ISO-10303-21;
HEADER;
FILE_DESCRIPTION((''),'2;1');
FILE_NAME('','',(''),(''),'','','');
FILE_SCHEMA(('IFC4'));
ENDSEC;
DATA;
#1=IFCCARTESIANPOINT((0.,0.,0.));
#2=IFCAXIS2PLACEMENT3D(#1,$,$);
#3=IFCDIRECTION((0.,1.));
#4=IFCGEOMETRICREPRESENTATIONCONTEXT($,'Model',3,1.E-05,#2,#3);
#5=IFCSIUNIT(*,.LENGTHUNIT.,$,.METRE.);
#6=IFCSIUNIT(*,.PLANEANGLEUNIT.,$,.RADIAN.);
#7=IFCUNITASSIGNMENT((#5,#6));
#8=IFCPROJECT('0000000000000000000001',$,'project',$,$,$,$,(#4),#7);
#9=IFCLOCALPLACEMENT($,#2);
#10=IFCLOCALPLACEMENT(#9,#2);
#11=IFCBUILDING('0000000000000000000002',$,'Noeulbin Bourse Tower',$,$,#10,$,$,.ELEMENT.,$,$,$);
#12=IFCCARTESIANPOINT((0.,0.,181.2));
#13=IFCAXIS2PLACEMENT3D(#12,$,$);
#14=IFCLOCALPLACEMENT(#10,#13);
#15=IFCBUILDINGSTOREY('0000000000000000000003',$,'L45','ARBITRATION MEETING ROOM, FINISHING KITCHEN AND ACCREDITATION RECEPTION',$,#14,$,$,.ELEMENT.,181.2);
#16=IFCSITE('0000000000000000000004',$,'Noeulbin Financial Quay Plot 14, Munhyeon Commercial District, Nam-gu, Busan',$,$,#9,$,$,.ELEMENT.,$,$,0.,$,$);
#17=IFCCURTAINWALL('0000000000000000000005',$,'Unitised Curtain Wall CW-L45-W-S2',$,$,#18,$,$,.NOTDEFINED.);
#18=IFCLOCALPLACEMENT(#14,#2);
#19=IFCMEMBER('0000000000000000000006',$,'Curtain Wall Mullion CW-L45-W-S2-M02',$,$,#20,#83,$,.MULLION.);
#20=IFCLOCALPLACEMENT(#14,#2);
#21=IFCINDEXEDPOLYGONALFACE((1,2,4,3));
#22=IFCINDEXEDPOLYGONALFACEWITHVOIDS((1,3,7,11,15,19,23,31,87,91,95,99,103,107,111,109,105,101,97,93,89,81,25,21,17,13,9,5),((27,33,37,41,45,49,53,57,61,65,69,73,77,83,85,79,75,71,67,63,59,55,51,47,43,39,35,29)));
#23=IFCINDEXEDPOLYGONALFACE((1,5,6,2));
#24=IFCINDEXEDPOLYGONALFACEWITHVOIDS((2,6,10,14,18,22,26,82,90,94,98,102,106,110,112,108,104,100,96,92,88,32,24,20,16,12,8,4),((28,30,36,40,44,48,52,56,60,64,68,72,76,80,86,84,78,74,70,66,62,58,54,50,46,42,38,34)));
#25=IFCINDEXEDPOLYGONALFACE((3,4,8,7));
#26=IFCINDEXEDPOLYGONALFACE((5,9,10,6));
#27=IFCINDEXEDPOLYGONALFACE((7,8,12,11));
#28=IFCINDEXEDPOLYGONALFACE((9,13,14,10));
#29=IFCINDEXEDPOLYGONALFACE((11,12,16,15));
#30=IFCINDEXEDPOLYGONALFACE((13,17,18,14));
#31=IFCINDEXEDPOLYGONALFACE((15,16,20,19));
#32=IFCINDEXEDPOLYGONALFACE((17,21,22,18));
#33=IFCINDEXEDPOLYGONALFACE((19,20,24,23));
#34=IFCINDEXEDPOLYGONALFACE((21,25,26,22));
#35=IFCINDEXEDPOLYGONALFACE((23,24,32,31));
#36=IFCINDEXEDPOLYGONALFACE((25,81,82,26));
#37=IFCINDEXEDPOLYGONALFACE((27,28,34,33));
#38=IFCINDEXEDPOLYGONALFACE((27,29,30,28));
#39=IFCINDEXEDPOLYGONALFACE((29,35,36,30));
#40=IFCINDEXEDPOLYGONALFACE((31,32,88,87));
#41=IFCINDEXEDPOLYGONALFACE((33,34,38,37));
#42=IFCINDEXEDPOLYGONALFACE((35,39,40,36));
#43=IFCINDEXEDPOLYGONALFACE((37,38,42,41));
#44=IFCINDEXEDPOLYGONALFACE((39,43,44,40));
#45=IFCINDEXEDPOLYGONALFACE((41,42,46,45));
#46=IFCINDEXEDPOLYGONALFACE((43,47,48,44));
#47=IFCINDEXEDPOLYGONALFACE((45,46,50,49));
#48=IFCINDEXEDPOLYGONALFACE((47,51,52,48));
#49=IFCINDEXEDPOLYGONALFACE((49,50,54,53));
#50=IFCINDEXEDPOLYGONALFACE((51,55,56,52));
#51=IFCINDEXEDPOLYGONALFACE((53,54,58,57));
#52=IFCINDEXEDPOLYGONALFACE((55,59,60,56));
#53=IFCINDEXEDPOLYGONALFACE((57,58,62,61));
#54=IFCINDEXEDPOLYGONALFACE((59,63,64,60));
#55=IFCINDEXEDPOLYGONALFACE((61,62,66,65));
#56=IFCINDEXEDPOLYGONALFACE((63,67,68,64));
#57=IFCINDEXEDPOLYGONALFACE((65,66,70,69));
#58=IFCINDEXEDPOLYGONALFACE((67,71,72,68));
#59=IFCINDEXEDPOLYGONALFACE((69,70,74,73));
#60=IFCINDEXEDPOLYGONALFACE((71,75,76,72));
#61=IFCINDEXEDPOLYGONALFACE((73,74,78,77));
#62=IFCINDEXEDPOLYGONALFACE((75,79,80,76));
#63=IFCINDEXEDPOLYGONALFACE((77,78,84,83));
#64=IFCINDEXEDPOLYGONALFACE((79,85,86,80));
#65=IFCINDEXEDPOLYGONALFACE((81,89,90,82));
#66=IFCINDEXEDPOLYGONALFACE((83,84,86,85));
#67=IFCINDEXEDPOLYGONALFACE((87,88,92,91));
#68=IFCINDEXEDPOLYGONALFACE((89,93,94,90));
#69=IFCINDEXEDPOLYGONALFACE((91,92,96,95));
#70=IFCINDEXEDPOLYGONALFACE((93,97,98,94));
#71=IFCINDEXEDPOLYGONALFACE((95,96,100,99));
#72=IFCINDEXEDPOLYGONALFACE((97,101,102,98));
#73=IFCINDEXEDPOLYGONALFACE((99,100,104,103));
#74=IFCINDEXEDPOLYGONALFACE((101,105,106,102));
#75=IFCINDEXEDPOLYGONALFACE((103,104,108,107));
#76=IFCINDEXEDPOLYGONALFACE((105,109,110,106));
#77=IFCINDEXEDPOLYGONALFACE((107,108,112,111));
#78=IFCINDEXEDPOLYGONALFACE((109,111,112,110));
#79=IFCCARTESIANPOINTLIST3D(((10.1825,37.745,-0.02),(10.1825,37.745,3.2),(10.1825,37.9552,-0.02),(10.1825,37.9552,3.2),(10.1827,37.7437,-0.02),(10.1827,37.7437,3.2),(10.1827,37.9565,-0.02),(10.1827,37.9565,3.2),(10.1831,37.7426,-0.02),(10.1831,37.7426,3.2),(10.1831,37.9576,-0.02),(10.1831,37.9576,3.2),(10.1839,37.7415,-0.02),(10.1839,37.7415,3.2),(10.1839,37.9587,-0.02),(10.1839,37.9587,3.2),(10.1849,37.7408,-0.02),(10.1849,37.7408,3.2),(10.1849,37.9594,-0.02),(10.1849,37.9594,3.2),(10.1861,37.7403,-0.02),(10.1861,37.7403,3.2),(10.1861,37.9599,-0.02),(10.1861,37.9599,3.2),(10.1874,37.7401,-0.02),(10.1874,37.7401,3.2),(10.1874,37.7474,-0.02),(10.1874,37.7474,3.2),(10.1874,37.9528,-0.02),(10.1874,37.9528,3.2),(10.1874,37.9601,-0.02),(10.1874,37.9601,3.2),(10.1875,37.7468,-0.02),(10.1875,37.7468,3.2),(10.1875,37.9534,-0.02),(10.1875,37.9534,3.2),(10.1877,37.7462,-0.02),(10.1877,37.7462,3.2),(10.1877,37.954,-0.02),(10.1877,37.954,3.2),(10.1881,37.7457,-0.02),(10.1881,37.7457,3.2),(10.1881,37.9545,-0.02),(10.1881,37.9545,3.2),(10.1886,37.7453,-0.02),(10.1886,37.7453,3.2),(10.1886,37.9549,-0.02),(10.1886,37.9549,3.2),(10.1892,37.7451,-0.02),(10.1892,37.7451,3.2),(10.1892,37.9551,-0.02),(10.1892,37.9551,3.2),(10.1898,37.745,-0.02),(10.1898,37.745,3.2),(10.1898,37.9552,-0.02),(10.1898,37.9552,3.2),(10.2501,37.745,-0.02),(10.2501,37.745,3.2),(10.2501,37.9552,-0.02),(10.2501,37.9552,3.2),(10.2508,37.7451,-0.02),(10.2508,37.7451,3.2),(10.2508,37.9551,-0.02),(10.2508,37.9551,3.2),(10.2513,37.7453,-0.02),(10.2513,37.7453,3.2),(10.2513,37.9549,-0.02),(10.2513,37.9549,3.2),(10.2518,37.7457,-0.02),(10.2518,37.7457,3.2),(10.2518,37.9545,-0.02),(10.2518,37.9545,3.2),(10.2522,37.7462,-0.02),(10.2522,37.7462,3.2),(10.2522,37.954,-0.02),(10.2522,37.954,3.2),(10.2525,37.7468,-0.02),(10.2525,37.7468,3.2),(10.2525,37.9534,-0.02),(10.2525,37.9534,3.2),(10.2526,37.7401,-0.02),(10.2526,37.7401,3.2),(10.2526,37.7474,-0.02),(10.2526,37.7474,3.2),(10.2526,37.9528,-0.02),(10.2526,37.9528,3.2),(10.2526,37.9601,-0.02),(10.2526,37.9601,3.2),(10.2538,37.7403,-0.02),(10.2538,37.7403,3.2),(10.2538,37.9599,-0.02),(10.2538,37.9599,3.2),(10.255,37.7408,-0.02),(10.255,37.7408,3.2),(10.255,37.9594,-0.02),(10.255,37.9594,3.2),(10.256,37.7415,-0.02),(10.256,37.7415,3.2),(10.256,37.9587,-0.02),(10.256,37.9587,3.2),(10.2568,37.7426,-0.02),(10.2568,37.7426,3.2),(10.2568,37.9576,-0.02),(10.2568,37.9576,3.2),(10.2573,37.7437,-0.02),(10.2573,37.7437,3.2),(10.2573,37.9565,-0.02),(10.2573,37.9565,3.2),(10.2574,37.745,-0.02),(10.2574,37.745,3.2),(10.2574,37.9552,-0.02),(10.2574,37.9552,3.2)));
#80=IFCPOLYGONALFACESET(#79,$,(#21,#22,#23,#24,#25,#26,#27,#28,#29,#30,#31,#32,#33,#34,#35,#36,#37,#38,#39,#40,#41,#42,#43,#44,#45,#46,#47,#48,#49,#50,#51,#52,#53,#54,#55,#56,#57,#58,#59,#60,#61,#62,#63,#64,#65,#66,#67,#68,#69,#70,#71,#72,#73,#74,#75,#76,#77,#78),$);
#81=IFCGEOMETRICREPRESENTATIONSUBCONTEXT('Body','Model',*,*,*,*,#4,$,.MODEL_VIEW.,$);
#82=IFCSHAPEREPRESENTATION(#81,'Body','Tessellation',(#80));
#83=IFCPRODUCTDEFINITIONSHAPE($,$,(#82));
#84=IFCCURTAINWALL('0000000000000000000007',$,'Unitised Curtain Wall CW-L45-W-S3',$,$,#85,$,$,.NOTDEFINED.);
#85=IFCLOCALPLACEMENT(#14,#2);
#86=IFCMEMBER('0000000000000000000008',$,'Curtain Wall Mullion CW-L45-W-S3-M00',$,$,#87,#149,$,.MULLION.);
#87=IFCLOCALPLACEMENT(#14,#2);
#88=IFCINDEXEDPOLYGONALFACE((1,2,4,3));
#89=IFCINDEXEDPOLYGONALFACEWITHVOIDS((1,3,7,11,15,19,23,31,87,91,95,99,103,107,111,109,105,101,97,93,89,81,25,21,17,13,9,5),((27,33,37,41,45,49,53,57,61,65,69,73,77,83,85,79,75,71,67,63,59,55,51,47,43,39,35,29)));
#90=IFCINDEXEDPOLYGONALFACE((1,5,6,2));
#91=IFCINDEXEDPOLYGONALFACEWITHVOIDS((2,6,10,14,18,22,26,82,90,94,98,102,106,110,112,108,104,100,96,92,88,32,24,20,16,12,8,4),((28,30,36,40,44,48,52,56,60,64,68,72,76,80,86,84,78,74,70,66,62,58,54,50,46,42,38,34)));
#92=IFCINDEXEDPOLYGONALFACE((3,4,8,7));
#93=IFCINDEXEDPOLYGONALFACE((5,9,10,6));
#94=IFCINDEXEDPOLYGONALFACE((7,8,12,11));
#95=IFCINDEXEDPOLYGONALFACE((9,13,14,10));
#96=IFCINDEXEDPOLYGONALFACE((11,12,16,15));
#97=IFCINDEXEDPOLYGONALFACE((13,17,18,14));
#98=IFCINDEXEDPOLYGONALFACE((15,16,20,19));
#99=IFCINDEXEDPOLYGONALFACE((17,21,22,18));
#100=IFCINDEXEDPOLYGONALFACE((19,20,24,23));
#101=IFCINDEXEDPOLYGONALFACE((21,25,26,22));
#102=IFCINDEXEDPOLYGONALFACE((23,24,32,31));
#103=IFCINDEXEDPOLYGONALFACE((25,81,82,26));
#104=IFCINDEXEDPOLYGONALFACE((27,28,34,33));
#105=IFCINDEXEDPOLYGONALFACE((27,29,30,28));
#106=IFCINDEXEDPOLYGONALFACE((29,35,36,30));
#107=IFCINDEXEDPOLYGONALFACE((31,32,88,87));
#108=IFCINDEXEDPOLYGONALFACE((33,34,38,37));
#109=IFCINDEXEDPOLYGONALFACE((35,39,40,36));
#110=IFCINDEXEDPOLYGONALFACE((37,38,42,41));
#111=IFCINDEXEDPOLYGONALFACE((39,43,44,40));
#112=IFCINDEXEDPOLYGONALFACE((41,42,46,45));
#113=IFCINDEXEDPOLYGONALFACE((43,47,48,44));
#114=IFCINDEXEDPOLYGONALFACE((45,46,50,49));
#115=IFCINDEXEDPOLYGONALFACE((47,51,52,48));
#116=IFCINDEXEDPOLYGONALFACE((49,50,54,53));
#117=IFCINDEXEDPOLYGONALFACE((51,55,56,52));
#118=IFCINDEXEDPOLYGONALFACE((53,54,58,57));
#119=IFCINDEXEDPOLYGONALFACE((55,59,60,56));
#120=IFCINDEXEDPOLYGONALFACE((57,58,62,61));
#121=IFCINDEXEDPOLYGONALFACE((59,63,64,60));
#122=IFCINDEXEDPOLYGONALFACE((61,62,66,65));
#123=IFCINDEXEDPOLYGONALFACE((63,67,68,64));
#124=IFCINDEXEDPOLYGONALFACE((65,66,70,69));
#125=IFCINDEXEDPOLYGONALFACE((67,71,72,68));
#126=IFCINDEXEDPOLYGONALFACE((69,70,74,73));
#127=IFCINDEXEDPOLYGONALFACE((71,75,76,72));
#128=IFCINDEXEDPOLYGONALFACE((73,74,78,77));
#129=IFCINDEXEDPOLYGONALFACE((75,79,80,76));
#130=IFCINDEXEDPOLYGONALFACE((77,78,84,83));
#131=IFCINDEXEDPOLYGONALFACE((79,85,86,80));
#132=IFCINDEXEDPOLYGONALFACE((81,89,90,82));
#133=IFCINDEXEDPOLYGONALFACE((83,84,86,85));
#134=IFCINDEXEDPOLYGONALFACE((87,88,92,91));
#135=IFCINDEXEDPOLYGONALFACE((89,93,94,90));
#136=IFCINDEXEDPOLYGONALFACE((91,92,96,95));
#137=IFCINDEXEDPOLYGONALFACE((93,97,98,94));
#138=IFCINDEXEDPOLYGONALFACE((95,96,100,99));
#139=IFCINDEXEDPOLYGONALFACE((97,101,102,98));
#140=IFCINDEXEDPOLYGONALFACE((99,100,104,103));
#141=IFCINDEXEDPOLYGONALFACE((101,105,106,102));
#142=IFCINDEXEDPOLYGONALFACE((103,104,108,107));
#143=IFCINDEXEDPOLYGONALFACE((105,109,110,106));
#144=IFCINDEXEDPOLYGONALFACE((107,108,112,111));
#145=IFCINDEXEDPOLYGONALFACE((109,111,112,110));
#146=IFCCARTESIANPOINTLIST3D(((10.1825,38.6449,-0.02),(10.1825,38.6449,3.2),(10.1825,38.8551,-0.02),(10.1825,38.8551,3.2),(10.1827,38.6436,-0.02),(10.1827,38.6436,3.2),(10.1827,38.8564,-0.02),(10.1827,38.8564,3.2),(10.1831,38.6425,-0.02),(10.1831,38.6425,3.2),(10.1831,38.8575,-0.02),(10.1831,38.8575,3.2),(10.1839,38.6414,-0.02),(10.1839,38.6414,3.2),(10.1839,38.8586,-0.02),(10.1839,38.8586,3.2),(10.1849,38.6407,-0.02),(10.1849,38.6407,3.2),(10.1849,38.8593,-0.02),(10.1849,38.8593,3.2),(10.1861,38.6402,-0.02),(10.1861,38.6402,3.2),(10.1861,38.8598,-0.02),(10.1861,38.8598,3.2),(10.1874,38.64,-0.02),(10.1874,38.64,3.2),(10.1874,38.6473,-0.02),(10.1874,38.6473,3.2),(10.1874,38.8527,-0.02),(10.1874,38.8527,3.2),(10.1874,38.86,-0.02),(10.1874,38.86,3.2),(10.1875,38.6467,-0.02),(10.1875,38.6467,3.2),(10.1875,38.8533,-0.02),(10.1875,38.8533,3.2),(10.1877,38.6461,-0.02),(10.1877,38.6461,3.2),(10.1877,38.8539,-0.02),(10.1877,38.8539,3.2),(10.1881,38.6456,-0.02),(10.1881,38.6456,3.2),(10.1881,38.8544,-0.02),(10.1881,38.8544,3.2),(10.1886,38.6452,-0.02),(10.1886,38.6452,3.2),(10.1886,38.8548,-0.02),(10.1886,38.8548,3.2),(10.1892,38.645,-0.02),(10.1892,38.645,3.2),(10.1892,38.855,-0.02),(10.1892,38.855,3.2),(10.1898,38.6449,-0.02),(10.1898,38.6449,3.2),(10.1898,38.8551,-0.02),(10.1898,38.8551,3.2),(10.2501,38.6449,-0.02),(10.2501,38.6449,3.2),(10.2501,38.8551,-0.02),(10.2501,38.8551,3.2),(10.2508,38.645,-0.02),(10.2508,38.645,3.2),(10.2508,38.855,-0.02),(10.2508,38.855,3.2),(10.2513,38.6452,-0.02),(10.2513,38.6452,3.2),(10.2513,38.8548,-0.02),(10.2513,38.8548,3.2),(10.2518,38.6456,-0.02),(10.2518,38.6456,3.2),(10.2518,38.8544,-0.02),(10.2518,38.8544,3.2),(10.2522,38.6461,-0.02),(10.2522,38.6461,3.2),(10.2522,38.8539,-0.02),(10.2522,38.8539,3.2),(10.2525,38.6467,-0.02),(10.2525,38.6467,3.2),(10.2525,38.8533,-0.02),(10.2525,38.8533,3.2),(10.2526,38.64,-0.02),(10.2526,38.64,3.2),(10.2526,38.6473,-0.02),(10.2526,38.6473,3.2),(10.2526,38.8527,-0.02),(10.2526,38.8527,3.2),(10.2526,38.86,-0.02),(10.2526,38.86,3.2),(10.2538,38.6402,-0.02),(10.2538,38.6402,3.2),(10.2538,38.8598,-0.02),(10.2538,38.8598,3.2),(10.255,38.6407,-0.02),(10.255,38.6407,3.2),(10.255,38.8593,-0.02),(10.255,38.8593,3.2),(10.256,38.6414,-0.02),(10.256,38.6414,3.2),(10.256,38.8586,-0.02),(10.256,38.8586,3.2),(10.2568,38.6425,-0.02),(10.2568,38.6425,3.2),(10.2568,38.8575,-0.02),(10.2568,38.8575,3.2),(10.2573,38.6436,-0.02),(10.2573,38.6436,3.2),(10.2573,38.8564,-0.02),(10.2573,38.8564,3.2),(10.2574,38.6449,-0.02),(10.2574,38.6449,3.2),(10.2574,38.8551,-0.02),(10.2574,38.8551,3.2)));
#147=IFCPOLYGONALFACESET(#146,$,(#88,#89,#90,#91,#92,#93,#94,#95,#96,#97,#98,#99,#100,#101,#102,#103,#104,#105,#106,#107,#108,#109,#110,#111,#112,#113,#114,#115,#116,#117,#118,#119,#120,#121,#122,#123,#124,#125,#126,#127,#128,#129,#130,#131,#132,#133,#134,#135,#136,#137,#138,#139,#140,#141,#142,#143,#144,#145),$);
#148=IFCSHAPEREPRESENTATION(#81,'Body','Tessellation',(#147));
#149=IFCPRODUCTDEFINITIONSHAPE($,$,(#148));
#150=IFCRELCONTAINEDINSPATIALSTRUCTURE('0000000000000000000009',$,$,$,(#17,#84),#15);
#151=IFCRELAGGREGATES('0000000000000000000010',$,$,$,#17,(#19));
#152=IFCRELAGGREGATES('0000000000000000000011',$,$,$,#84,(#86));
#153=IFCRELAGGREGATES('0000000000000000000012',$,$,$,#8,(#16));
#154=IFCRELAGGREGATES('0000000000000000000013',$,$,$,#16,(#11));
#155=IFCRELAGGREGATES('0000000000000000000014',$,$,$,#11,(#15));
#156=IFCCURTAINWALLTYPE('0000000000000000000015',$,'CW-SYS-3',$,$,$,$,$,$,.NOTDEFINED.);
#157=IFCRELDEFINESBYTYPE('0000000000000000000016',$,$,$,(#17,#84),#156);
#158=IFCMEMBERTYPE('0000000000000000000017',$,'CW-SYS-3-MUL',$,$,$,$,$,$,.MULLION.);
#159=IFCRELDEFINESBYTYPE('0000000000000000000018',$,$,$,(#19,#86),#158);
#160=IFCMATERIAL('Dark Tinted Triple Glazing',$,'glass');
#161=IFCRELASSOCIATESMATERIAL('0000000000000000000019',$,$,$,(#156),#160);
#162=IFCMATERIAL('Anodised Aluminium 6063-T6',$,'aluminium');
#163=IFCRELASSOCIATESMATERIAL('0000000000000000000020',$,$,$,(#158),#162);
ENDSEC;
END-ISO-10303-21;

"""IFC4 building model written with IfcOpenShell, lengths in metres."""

from ifc_helpers import new_model, si_unit, direction, frame, origin, origin_2d, place, context, subcontext, project, spatial, hollow_rectangle, extrude, material, material_profile, profile_set, type_object, element, aggregate, save


model = new_model("IFC4")

# Units and contexts
model_context = context("Model", 3, precision=1e-05, world=origin(), true_north=direction((0.0, 1.0)))
body_context = subcontext(model_context, "Body", "Model", "MODEL_VIEW")
ifc_project = project(units=[si_unit("LENGTHUNIT", "METRE"), si_unit("PLANEANGLEUNIT", "RADIAN")], contexts=[model_context])

# Site, building, storey
site_placement = place(None, origin())
site = spatial("IfcSite", under=ifc_project, at=site_placement, Name="Noeulbin Financial Quay Plot 14, Munhyeon Commercial District, Nam-gu, Busan", CompositionType="ELEMENT", RefElevation=0.0)
building_placement = place(site_placement, origin())
building = spatial("IfcBuilding", under=site, at=building_placement, Name="Noeulbin Bourse Tower", CompositionType="ELEMENT")
storey_placement = place(building_placement, frame((0.0, 0.0, 181.2)))
storey = spatial("IfcBuildingStorey", under=building, at=storey_placement, Name="L45", Description="ARBITRATION MEETING ROOM, FINISHING KITCHEN AND ACCREDITATION RECEPTION", CompositionType="ELEMENT", Elevation=181.2)

# Curtain wall, member
ifc_material_1 = material(Name="Dark Tinted Triple Glazing", Category="glass")
curtain_wall_type = type_object("IfcCurtainWallType", Name="CW-SYS-3", PredefinedType="NOTDEFINED", material=ifc_material_1)
ifc_material_2 = material(Name="Anodised Aluminium 6063-T6", Category="aluminium")
ifc_material_profile_1 = material_profile(ifc_material_2, hollow_rectangle(XDim=0.075, YDim=0.22, WallThickness=0.0049, InnerFilletRadius=0.0024, OuterFilletRadius=0.0049, at=origin_2d()), Name="ALU-MULL-75x220x5", Category="LoadBearing")
ifc_profile_set_1 = profile_set([ifc_material_profile_1], Name="Anodised Aluminium 6063-T6")
member_type_1 = type_object("IfcMemberType", Name="CW-SYS-3-MUL", PredefinedType="MULLION", material=ifc_profile_set_1)
curtain_wall_1_placement = place(storey_placement, origin())
curtain_wall_1 = element("IfcCurtainWall", 1, at=curtain_wall_1_placement, inside=storey, type_object=curtain_wall_type, Name="Unitised Curtain Wall CW-L45-W-S2", PredefinedType="NOTDEFINED")
member_1_placement = place(storey_placement, frame((10.22, 37.8501, -0.02), z_axis=(0.0, 0.0, 1.0), x_axis=(1.0, 0.0, 0.0)))
member_1 = element("IfcMember", 2, at=member_1_placement, type_object=member_type_1, Name="Curtain Wall Mullion CW-L45-W-S2-M02", PredefinedType="MULLION", context=body_context, shape_type="SweptSolid", body=[
    extrude(hollow_rectangle(XDim=0.075, YDim=0.22, WallThickness=0.0049, InnerFilletRadius=0.0024, OuterFilletRadius=0.0049, at=origin_2d()), origin(), (0.0, 0.0, 1.0), 3.22),
])
aggregate(curtain_wall_1, [member_1])

# Curtain wall, member
curtain_wall_2_placement = place(storey_placement, origin())
curtain_wall_2 = element("IfcCurtainWall", 3, at=curtain_wall_2_placement, inside=storey, type_object=curtain_wall_type, Name="Unitised Curtain Wall CW-L45-W-S3", PredefinedType="NOTDEFINED")
member_2_placement = place(storey_placement, frame((10.22, 38.75, -0.02), z_axis=(0.0, 0.0, 1.0), x_axis=(1.0, 0.0, 0.0)))
member_2 = element("IfcMember", 4, at=member_2_placement, type_object=member_type_1, Name="Curtain Wall Mullion CW-L45-W-S3-M00", PredefinedType="MULLION", context=body_context, shape_type="SweptSolid", body=[
    extrude(hollow_rectangle(XDim=0.075, YDim=0.22, WallThickness=0.0049, InnerFilletRadius=0.0024, OuterFilletRadius=0.0049, at=origin_2d()), origin(), (0.0, 0.0, 1.0), 3.22),
])

aggregate(curtain_wall_2, [member_2])

save(model, "model.ifc")
